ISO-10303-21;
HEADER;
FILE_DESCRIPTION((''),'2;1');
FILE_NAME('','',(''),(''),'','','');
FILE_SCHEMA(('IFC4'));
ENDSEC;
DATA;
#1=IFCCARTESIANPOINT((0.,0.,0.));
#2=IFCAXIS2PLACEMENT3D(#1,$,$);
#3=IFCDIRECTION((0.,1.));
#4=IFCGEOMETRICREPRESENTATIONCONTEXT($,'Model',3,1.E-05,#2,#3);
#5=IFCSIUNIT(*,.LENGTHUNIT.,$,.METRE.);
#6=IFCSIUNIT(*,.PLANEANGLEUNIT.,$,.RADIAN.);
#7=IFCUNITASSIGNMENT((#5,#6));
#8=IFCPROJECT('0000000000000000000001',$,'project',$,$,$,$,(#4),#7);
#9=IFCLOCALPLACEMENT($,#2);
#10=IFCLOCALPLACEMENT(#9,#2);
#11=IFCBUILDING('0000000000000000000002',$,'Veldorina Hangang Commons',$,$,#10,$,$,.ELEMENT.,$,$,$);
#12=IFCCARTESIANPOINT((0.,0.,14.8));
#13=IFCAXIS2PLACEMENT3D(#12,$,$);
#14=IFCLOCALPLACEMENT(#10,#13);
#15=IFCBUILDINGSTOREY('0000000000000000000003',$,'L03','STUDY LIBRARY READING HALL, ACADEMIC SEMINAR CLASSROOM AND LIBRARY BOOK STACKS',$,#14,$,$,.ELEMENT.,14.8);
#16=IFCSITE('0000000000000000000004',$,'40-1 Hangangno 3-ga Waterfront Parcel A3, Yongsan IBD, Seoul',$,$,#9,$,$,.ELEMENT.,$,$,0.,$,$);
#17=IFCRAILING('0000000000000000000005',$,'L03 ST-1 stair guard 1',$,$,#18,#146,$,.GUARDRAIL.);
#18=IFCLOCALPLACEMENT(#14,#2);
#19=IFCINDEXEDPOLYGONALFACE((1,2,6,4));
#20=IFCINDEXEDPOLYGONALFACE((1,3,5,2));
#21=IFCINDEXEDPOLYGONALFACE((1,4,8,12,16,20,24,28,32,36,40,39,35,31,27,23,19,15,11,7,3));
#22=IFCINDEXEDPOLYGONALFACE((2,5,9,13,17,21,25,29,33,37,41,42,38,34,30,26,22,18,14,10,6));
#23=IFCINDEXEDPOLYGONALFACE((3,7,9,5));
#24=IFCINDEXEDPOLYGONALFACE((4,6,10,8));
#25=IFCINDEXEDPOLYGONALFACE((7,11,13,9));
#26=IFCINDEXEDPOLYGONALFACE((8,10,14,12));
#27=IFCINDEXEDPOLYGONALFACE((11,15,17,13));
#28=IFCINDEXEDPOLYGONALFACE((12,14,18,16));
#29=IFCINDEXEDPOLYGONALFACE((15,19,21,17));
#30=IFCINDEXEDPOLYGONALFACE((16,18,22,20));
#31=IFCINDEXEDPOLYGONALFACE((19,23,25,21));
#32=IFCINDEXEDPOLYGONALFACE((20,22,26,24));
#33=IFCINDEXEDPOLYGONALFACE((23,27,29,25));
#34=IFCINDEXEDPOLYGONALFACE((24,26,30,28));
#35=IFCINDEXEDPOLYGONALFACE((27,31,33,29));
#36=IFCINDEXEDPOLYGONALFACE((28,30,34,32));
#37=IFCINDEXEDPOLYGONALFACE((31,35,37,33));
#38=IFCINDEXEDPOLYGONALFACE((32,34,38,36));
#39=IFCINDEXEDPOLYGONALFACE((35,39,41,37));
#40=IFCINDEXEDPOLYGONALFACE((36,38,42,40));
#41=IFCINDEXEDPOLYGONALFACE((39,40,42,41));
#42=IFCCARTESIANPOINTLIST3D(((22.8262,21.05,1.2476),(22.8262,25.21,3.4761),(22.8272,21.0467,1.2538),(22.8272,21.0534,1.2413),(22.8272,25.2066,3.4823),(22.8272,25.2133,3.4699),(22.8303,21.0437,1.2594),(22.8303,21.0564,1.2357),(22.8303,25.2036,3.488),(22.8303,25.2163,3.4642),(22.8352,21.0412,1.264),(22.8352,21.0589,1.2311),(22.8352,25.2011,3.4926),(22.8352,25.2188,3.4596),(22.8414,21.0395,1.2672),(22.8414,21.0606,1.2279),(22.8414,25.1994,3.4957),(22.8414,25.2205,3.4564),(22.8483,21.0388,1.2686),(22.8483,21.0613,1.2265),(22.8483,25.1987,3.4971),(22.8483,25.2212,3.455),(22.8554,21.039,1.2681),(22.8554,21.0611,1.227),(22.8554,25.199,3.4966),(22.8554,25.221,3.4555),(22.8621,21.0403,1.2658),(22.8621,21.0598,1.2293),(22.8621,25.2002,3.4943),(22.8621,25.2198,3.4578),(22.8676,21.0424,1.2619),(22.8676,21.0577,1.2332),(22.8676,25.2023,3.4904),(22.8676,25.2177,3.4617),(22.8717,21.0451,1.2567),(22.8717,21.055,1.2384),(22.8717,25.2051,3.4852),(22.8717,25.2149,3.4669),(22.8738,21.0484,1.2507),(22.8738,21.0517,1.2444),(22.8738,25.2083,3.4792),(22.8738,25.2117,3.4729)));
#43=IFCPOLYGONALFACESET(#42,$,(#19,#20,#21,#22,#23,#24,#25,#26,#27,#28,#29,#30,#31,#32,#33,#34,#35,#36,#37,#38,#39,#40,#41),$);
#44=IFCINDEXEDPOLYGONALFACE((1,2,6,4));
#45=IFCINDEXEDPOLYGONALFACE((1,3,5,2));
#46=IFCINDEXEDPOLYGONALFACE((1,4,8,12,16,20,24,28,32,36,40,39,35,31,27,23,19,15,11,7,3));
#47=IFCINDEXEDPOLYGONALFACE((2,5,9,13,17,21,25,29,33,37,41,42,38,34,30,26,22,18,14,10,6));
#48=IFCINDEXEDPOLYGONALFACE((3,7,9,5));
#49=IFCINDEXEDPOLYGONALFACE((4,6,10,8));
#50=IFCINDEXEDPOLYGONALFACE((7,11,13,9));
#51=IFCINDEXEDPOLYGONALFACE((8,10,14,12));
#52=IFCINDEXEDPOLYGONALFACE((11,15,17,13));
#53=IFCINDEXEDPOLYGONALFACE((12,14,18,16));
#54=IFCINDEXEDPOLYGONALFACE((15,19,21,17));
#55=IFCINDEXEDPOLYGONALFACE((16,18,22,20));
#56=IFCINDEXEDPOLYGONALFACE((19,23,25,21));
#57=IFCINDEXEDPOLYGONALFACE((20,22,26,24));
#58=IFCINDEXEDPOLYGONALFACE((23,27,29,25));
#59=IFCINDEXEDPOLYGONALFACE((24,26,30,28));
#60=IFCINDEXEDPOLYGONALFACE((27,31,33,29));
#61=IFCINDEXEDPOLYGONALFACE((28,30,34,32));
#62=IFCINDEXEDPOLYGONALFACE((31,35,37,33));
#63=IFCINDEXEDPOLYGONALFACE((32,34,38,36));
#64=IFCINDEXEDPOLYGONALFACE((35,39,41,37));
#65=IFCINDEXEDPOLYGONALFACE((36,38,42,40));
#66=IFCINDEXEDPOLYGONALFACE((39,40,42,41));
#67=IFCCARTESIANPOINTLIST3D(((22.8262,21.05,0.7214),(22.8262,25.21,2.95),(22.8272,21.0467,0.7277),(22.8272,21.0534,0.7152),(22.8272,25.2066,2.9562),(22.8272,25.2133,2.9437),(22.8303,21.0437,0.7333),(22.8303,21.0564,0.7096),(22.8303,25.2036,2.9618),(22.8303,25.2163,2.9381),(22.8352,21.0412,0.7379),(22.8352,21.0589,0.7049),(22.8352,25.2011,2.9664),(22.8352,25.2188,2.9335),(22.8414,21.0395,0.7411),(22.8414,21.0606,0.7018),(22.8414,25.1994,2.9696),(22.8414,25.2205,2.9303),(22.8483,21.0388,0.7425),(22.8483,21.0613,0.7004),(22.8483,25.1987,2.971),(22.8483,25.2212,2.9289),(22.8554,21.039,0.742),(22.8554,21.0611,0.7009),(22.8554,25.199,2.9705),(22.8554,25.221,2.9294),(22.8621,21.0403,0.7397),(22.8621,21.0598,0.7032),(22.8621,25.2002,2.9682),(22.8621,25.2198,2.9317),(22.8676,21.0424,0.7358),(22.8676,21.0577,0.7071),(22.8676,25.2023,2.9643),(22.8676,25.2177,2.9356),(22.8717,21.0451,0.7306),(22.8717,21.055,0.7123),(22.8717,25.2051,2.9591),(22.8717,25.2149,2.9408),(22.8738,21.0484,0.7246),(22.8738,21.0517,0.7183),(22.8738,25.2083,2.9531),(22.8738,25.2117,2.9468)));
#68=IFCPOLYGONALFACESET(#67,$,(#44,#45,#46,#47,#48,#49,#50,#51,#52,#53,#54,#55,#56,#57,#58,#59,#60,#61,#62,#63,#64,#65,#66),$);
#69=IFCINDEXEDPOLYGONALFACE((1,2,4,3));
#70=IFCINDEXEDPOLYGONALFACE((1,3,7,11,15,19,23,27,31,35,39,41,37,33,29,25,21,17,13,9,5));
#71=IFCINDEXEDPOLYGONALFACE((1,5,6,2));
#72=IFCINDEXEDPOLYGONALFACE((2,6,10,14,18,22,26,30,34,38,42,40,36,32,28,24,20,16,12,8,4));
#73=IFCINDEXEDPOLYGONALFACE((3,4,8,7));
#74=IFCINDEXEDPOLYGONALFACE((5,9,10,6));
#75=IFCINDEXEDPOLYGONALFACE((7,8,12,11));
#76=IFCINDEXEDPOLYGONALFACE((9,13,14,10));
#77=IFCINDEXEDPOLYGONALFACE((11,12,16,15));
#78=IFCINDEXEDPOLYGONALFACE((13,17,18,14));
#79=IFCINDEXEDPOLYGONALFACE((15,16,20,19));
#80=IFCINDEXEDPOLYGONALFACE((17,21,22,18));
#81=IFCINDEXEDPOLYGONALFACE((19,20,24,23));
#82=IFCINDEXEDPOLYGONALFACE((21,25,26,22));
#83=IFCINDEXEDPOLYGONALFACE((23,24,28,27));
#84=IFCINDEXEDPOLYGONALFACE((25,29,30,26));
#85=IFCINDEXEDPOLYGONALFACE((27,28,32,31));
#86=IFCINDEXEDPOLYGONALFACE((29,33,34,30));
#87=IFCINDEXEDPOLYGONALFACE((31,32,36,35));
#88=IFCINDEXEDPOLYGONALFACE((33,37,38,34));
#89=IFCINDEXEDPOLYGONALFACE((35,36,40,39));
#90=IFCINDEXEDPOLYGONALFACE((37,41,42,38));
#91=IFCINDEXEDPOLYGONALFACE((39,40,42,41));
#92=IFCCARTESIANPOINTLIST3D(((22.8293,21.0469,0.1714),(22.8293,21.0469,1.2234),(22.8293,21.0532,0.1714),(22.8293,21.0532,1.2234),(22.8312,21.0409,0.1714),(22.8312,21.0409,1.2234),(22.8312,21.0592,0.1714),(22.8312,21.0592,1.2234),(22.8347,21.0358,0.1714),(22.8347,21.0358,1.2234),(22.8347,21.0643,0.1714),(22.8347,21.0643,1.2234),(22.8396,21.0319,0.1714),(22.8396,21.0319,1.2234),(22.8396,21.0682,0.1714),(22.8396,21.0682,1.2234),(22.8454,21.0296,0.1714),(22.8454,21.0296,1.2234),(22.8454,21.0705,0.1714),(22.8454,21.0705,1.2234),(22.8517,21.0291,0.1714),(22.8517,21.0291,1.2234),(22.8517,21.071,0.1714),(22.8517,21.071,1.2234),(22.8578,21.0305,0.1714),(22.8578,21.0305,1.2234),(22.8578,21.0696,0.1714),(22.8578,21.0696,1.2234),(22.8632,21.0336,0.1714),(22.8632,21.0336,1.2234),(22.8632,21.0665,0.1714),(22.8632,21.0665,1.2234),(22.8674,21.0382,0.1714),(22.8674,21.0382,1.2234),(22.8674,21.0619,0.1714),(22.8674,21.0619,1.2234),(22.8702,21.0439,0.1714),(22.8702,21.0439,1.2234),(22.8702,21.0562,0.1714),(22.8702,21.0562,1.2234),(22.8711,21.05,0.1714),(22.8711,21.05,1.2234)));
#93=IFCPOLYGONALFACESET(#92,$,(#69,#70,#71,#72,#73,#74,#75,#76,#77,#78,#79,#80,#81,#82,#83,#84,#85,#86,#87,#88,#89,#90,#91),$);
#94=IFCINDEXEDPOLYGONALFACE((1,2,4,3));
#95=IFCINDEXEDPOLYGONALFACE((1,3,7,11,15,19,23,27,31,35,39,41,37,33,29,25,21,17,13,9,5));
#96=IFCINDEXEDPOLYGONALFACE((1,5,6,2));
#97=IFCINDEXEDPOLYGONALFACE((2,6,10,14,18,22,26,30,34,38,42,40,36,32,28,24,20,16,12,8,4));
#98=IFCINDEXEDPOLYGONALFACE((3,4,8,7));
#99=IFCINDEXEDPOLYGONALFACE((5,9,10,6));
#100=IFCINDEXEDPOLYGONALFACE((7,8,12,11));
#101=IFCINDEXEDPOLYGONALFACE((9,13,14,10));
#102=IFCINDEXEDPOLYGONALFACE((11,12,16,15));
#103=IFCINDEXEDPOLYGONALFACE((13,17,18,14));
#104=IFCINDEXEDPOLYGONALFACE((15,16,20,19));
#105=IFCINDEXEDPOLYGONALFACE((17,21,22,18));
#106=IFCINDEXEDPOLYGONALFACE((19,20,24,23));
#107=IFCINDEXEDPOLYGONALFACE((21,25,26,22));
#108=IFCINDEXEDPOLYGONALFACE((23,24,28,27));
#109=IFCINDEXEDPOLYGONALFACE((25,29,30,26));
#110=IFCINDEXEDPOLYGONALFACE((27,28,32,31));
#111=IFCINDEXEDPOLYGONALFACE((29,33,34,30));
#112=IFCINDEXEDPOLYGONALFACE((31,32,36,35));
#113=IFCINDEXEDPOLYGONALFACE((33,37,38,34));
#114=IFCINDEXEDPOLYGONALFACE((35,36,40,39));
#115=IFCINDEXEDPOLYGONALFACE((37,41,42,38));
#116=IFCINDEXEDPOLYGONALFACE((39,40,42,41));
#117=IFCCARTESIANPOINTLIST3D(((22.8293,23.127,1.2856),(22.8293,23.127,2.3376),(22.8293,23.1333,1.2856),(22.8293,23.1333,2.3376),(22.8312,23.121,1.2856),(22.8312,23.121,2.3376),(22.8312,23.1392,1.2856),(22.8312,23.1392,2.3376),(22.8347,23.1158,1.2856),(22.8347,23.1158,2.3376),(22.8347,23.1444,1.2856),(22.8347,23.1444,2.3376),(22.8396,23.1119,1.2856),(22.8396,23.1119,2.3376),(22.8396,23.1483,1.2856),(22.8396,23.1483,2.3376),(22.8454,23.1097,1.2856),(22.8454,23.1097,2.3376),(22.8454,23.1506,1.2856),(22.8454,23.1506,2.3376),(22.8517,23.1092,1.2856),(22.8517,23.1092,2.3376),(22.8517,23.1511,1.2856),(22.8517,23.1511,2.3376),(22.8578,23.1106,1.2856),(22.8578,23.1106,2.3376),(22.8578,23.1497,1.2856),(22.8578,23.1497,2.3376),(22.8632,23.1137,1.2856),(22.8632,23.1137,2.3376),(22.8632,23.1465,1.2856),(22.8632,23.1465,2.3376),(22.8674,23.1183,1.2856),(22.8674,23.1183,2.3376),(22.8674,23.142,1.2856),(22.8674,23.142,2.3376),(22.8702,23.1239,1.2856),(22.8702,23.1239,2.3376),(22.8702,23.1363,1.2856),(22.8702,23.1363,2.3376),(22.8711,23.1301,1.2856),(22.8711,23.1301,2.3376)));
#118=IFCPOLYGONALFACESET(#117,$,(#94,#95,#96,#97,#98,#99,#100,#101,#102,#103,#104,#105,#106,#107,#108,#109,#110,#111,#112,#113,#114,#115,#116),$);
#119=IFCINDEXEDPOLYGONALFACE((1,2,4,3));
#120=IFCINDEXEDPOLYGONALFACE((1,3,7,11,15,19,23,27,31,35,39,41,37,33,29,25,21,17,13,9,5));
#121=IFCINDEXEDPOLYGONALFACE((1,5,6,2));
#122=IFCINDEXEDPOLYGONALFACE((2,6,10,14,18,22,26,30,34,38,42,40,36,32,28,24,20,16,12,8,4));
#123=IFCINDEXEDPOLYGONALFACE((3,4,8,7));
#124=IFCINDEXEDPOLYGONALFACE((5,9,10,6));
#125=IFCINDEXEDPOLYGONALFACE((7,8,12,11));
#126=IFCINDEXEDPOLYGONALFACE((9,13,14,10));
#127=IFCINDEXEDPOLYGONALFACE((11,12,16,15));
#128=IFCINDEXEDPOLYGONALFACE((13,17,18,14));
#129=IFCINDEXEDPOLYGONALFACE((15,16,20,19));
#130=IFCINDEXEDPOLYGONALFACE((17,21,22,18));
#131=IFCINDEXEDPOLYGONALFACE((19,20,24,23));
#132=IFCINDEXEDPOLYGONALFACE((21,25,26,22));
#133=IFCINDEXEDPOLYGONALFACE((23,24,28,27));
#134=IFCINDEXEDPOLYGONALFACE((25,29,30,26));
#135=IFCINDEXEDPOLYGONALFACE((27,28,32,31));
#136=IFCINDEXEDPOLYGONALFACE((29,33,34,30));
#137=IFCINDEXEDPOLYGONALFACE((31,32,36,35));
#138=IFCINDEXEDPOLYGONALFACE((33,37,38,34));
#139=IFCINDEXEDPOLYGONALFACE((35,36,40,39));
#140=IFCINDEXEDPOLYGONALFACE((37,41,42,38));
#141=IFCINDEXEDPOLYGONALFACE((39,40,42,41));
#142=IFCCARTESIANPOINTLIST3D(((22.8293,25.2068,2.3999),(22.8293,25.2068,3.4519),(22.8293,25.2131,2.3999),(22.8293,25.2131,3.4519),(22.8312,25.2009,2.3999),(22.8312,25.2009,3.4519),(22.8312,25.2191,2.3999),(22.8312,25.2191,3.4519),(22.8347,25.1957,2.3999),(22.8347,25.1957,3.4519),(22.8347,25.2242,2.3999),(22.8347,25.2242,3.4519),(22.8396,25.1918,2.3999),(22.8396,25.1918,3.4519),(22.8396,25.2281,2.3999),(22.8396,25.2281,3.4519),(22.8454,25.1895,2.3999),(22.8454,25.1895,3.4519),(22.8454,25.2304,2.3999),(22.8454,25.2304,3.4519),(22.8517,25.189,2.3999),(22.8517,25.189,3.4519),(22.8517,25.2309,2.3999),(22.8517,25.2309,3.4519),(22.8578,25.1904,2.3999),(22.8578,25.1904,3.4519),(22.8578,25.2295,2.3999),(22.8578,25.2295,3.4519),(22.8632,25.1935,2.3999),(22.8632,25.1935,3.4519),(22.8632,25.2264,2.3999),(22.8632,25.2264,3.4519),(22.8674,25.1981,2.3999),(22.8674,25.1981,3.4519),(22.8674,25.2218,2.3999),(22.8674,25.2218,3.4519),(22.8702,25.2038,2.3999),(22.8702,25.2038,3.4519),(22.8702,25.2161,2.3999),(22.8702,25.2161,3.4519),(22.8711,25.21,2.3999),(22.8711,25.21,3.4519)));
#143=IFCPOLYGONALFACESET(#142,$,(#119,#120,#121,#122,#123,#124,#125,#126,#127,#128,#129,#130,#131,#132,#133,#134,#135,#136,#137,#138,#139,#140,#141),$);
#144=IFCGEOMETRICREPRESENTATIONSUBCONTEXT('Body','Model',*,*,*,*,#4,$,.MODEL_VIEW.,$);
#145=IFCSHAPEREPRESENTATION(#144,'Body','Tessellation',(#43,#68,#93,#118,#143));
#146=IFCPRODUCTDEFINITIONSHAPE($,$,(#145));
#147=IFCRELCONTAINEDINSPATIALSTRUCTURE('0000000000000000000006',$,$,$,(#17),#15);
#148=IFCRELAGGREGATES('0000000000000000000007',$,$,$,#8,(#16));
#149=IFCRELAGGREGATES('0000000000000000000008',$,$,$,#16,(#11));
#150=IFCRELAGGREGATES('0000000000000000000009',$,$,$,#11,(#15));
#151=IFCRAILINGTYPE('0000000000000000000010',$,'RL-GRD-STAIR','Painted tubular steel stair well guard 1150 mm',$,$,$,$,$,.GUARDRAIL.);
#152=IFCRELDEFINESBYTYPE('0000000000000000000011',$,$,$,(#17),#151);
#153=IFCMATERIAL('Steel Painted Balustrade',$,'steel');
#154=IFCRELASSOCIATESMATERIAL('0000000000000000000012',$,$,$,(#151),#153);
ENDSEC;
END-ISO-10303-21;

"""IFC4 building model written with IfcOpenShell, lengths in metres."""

from ifc_helpers import new_model, si_unit, direction, frame, origin, origin_2d, place, context, subcontext, project, spatial, circle, extrude, material, type_object, element, save


model = new_model("IFC4")

# Units and contexts
model_context = context("Model", 3, precision=1e-05, world=origin(), true_north=direction((0.0, 1.0)))
body_context = subcontext(model_context, "Body", "Model", "MODEL_VIEW")
ifc_project = project(units=[si_unit("LENGTHUNIT", "METRE"), si_unit("PLANEANGLEUNIT", "RADIAN")], contexts=[model_context])

# Site, building, storey
site_placement = place(None, origin())
site = spatial("IfcSite", under=ifc_project, at=site_placement, Name="40-1 Hangangno 3-ga Waterfront Parcel A3, Yongsan IBD, Seoul", CompositionType="ELEMENT", RefElevation=0.0)
building_placement = place(site_placement, origin())
building = spatial("IfcBuilding", under=site, at=building_placement, Name="Veldorina Hangang Commons", CompositionType="ELEMENT")
storey_placement = place(building_placement, frame((0.0, 0.0, 14.8)))
storey = spatial("IfcBuildingStorey", under=building, at=storey_placement, Name="L03", Description="STUDY LIBRARY READING HALL, ACADEMIC SEMINAR CLASSROOM AND LIBRARY BOOK STACKS", CompositionType="ELEMENT", Elevation=14.8)

# Railing
ifc_material_1 = material(Name="Steel Painted Balustrade", Category="steel")
railing_type_1 = type_object("IfcRailingType", Name="RL-GRD-STAIR", Description="Painted tubular steel stair well guard 1150 mm", PredefinedType="GUARDRAIL", material=ifc_material_1)
railing_1_placement = place(storey_placement, frame((22.8501, 21.05, 0.1714)))
element("IfcRailing", 1, at=railing_1_placement, inside=storey, type_object=railing_type_1, Name="L03 ST-1 stair guard 1", PredefinedType="GUARDRAIL", context=body_context, shape_type="SweptSolid", body=[
    extrude(circle(Radius=0.0239, at=origin_2d()), frame((0.0, 0.0, 1.0762), z_axis=(0.0, 0.881481, 0.47222), x_axis=(-1.0, 0.0, 0.0)), (0.0, 0.0, 1.0), 4.7192),
    extrude(circle(Radius=0.0239, at=origin_2d()), frame((0.0, 0.0, 0.55), z_axis=(0.0, 0.881481, 0.47222), x_axis=(-1.0, 0.0, 0.0)), (0.0, 0.0, 1.0), 4.7192),
    extrude(circle(Radius=0.021, at=origin_2d()), origin(), (0.0, 0.0, 1.0), 1.052),
    extrude(circle(Radius=0.021, at=origin_2d()), frame((0.0, 2.0801, 1.1143)), (0.0, 0.0, 1.0), 1.052),
    extrude(circle(Radius=0.021, at=origin_2d()), frame((0.0, 4.1599, 2.2285)), (0.0, 0.0, 1.0), 1.052),
])

save(model, "model.ifc")
